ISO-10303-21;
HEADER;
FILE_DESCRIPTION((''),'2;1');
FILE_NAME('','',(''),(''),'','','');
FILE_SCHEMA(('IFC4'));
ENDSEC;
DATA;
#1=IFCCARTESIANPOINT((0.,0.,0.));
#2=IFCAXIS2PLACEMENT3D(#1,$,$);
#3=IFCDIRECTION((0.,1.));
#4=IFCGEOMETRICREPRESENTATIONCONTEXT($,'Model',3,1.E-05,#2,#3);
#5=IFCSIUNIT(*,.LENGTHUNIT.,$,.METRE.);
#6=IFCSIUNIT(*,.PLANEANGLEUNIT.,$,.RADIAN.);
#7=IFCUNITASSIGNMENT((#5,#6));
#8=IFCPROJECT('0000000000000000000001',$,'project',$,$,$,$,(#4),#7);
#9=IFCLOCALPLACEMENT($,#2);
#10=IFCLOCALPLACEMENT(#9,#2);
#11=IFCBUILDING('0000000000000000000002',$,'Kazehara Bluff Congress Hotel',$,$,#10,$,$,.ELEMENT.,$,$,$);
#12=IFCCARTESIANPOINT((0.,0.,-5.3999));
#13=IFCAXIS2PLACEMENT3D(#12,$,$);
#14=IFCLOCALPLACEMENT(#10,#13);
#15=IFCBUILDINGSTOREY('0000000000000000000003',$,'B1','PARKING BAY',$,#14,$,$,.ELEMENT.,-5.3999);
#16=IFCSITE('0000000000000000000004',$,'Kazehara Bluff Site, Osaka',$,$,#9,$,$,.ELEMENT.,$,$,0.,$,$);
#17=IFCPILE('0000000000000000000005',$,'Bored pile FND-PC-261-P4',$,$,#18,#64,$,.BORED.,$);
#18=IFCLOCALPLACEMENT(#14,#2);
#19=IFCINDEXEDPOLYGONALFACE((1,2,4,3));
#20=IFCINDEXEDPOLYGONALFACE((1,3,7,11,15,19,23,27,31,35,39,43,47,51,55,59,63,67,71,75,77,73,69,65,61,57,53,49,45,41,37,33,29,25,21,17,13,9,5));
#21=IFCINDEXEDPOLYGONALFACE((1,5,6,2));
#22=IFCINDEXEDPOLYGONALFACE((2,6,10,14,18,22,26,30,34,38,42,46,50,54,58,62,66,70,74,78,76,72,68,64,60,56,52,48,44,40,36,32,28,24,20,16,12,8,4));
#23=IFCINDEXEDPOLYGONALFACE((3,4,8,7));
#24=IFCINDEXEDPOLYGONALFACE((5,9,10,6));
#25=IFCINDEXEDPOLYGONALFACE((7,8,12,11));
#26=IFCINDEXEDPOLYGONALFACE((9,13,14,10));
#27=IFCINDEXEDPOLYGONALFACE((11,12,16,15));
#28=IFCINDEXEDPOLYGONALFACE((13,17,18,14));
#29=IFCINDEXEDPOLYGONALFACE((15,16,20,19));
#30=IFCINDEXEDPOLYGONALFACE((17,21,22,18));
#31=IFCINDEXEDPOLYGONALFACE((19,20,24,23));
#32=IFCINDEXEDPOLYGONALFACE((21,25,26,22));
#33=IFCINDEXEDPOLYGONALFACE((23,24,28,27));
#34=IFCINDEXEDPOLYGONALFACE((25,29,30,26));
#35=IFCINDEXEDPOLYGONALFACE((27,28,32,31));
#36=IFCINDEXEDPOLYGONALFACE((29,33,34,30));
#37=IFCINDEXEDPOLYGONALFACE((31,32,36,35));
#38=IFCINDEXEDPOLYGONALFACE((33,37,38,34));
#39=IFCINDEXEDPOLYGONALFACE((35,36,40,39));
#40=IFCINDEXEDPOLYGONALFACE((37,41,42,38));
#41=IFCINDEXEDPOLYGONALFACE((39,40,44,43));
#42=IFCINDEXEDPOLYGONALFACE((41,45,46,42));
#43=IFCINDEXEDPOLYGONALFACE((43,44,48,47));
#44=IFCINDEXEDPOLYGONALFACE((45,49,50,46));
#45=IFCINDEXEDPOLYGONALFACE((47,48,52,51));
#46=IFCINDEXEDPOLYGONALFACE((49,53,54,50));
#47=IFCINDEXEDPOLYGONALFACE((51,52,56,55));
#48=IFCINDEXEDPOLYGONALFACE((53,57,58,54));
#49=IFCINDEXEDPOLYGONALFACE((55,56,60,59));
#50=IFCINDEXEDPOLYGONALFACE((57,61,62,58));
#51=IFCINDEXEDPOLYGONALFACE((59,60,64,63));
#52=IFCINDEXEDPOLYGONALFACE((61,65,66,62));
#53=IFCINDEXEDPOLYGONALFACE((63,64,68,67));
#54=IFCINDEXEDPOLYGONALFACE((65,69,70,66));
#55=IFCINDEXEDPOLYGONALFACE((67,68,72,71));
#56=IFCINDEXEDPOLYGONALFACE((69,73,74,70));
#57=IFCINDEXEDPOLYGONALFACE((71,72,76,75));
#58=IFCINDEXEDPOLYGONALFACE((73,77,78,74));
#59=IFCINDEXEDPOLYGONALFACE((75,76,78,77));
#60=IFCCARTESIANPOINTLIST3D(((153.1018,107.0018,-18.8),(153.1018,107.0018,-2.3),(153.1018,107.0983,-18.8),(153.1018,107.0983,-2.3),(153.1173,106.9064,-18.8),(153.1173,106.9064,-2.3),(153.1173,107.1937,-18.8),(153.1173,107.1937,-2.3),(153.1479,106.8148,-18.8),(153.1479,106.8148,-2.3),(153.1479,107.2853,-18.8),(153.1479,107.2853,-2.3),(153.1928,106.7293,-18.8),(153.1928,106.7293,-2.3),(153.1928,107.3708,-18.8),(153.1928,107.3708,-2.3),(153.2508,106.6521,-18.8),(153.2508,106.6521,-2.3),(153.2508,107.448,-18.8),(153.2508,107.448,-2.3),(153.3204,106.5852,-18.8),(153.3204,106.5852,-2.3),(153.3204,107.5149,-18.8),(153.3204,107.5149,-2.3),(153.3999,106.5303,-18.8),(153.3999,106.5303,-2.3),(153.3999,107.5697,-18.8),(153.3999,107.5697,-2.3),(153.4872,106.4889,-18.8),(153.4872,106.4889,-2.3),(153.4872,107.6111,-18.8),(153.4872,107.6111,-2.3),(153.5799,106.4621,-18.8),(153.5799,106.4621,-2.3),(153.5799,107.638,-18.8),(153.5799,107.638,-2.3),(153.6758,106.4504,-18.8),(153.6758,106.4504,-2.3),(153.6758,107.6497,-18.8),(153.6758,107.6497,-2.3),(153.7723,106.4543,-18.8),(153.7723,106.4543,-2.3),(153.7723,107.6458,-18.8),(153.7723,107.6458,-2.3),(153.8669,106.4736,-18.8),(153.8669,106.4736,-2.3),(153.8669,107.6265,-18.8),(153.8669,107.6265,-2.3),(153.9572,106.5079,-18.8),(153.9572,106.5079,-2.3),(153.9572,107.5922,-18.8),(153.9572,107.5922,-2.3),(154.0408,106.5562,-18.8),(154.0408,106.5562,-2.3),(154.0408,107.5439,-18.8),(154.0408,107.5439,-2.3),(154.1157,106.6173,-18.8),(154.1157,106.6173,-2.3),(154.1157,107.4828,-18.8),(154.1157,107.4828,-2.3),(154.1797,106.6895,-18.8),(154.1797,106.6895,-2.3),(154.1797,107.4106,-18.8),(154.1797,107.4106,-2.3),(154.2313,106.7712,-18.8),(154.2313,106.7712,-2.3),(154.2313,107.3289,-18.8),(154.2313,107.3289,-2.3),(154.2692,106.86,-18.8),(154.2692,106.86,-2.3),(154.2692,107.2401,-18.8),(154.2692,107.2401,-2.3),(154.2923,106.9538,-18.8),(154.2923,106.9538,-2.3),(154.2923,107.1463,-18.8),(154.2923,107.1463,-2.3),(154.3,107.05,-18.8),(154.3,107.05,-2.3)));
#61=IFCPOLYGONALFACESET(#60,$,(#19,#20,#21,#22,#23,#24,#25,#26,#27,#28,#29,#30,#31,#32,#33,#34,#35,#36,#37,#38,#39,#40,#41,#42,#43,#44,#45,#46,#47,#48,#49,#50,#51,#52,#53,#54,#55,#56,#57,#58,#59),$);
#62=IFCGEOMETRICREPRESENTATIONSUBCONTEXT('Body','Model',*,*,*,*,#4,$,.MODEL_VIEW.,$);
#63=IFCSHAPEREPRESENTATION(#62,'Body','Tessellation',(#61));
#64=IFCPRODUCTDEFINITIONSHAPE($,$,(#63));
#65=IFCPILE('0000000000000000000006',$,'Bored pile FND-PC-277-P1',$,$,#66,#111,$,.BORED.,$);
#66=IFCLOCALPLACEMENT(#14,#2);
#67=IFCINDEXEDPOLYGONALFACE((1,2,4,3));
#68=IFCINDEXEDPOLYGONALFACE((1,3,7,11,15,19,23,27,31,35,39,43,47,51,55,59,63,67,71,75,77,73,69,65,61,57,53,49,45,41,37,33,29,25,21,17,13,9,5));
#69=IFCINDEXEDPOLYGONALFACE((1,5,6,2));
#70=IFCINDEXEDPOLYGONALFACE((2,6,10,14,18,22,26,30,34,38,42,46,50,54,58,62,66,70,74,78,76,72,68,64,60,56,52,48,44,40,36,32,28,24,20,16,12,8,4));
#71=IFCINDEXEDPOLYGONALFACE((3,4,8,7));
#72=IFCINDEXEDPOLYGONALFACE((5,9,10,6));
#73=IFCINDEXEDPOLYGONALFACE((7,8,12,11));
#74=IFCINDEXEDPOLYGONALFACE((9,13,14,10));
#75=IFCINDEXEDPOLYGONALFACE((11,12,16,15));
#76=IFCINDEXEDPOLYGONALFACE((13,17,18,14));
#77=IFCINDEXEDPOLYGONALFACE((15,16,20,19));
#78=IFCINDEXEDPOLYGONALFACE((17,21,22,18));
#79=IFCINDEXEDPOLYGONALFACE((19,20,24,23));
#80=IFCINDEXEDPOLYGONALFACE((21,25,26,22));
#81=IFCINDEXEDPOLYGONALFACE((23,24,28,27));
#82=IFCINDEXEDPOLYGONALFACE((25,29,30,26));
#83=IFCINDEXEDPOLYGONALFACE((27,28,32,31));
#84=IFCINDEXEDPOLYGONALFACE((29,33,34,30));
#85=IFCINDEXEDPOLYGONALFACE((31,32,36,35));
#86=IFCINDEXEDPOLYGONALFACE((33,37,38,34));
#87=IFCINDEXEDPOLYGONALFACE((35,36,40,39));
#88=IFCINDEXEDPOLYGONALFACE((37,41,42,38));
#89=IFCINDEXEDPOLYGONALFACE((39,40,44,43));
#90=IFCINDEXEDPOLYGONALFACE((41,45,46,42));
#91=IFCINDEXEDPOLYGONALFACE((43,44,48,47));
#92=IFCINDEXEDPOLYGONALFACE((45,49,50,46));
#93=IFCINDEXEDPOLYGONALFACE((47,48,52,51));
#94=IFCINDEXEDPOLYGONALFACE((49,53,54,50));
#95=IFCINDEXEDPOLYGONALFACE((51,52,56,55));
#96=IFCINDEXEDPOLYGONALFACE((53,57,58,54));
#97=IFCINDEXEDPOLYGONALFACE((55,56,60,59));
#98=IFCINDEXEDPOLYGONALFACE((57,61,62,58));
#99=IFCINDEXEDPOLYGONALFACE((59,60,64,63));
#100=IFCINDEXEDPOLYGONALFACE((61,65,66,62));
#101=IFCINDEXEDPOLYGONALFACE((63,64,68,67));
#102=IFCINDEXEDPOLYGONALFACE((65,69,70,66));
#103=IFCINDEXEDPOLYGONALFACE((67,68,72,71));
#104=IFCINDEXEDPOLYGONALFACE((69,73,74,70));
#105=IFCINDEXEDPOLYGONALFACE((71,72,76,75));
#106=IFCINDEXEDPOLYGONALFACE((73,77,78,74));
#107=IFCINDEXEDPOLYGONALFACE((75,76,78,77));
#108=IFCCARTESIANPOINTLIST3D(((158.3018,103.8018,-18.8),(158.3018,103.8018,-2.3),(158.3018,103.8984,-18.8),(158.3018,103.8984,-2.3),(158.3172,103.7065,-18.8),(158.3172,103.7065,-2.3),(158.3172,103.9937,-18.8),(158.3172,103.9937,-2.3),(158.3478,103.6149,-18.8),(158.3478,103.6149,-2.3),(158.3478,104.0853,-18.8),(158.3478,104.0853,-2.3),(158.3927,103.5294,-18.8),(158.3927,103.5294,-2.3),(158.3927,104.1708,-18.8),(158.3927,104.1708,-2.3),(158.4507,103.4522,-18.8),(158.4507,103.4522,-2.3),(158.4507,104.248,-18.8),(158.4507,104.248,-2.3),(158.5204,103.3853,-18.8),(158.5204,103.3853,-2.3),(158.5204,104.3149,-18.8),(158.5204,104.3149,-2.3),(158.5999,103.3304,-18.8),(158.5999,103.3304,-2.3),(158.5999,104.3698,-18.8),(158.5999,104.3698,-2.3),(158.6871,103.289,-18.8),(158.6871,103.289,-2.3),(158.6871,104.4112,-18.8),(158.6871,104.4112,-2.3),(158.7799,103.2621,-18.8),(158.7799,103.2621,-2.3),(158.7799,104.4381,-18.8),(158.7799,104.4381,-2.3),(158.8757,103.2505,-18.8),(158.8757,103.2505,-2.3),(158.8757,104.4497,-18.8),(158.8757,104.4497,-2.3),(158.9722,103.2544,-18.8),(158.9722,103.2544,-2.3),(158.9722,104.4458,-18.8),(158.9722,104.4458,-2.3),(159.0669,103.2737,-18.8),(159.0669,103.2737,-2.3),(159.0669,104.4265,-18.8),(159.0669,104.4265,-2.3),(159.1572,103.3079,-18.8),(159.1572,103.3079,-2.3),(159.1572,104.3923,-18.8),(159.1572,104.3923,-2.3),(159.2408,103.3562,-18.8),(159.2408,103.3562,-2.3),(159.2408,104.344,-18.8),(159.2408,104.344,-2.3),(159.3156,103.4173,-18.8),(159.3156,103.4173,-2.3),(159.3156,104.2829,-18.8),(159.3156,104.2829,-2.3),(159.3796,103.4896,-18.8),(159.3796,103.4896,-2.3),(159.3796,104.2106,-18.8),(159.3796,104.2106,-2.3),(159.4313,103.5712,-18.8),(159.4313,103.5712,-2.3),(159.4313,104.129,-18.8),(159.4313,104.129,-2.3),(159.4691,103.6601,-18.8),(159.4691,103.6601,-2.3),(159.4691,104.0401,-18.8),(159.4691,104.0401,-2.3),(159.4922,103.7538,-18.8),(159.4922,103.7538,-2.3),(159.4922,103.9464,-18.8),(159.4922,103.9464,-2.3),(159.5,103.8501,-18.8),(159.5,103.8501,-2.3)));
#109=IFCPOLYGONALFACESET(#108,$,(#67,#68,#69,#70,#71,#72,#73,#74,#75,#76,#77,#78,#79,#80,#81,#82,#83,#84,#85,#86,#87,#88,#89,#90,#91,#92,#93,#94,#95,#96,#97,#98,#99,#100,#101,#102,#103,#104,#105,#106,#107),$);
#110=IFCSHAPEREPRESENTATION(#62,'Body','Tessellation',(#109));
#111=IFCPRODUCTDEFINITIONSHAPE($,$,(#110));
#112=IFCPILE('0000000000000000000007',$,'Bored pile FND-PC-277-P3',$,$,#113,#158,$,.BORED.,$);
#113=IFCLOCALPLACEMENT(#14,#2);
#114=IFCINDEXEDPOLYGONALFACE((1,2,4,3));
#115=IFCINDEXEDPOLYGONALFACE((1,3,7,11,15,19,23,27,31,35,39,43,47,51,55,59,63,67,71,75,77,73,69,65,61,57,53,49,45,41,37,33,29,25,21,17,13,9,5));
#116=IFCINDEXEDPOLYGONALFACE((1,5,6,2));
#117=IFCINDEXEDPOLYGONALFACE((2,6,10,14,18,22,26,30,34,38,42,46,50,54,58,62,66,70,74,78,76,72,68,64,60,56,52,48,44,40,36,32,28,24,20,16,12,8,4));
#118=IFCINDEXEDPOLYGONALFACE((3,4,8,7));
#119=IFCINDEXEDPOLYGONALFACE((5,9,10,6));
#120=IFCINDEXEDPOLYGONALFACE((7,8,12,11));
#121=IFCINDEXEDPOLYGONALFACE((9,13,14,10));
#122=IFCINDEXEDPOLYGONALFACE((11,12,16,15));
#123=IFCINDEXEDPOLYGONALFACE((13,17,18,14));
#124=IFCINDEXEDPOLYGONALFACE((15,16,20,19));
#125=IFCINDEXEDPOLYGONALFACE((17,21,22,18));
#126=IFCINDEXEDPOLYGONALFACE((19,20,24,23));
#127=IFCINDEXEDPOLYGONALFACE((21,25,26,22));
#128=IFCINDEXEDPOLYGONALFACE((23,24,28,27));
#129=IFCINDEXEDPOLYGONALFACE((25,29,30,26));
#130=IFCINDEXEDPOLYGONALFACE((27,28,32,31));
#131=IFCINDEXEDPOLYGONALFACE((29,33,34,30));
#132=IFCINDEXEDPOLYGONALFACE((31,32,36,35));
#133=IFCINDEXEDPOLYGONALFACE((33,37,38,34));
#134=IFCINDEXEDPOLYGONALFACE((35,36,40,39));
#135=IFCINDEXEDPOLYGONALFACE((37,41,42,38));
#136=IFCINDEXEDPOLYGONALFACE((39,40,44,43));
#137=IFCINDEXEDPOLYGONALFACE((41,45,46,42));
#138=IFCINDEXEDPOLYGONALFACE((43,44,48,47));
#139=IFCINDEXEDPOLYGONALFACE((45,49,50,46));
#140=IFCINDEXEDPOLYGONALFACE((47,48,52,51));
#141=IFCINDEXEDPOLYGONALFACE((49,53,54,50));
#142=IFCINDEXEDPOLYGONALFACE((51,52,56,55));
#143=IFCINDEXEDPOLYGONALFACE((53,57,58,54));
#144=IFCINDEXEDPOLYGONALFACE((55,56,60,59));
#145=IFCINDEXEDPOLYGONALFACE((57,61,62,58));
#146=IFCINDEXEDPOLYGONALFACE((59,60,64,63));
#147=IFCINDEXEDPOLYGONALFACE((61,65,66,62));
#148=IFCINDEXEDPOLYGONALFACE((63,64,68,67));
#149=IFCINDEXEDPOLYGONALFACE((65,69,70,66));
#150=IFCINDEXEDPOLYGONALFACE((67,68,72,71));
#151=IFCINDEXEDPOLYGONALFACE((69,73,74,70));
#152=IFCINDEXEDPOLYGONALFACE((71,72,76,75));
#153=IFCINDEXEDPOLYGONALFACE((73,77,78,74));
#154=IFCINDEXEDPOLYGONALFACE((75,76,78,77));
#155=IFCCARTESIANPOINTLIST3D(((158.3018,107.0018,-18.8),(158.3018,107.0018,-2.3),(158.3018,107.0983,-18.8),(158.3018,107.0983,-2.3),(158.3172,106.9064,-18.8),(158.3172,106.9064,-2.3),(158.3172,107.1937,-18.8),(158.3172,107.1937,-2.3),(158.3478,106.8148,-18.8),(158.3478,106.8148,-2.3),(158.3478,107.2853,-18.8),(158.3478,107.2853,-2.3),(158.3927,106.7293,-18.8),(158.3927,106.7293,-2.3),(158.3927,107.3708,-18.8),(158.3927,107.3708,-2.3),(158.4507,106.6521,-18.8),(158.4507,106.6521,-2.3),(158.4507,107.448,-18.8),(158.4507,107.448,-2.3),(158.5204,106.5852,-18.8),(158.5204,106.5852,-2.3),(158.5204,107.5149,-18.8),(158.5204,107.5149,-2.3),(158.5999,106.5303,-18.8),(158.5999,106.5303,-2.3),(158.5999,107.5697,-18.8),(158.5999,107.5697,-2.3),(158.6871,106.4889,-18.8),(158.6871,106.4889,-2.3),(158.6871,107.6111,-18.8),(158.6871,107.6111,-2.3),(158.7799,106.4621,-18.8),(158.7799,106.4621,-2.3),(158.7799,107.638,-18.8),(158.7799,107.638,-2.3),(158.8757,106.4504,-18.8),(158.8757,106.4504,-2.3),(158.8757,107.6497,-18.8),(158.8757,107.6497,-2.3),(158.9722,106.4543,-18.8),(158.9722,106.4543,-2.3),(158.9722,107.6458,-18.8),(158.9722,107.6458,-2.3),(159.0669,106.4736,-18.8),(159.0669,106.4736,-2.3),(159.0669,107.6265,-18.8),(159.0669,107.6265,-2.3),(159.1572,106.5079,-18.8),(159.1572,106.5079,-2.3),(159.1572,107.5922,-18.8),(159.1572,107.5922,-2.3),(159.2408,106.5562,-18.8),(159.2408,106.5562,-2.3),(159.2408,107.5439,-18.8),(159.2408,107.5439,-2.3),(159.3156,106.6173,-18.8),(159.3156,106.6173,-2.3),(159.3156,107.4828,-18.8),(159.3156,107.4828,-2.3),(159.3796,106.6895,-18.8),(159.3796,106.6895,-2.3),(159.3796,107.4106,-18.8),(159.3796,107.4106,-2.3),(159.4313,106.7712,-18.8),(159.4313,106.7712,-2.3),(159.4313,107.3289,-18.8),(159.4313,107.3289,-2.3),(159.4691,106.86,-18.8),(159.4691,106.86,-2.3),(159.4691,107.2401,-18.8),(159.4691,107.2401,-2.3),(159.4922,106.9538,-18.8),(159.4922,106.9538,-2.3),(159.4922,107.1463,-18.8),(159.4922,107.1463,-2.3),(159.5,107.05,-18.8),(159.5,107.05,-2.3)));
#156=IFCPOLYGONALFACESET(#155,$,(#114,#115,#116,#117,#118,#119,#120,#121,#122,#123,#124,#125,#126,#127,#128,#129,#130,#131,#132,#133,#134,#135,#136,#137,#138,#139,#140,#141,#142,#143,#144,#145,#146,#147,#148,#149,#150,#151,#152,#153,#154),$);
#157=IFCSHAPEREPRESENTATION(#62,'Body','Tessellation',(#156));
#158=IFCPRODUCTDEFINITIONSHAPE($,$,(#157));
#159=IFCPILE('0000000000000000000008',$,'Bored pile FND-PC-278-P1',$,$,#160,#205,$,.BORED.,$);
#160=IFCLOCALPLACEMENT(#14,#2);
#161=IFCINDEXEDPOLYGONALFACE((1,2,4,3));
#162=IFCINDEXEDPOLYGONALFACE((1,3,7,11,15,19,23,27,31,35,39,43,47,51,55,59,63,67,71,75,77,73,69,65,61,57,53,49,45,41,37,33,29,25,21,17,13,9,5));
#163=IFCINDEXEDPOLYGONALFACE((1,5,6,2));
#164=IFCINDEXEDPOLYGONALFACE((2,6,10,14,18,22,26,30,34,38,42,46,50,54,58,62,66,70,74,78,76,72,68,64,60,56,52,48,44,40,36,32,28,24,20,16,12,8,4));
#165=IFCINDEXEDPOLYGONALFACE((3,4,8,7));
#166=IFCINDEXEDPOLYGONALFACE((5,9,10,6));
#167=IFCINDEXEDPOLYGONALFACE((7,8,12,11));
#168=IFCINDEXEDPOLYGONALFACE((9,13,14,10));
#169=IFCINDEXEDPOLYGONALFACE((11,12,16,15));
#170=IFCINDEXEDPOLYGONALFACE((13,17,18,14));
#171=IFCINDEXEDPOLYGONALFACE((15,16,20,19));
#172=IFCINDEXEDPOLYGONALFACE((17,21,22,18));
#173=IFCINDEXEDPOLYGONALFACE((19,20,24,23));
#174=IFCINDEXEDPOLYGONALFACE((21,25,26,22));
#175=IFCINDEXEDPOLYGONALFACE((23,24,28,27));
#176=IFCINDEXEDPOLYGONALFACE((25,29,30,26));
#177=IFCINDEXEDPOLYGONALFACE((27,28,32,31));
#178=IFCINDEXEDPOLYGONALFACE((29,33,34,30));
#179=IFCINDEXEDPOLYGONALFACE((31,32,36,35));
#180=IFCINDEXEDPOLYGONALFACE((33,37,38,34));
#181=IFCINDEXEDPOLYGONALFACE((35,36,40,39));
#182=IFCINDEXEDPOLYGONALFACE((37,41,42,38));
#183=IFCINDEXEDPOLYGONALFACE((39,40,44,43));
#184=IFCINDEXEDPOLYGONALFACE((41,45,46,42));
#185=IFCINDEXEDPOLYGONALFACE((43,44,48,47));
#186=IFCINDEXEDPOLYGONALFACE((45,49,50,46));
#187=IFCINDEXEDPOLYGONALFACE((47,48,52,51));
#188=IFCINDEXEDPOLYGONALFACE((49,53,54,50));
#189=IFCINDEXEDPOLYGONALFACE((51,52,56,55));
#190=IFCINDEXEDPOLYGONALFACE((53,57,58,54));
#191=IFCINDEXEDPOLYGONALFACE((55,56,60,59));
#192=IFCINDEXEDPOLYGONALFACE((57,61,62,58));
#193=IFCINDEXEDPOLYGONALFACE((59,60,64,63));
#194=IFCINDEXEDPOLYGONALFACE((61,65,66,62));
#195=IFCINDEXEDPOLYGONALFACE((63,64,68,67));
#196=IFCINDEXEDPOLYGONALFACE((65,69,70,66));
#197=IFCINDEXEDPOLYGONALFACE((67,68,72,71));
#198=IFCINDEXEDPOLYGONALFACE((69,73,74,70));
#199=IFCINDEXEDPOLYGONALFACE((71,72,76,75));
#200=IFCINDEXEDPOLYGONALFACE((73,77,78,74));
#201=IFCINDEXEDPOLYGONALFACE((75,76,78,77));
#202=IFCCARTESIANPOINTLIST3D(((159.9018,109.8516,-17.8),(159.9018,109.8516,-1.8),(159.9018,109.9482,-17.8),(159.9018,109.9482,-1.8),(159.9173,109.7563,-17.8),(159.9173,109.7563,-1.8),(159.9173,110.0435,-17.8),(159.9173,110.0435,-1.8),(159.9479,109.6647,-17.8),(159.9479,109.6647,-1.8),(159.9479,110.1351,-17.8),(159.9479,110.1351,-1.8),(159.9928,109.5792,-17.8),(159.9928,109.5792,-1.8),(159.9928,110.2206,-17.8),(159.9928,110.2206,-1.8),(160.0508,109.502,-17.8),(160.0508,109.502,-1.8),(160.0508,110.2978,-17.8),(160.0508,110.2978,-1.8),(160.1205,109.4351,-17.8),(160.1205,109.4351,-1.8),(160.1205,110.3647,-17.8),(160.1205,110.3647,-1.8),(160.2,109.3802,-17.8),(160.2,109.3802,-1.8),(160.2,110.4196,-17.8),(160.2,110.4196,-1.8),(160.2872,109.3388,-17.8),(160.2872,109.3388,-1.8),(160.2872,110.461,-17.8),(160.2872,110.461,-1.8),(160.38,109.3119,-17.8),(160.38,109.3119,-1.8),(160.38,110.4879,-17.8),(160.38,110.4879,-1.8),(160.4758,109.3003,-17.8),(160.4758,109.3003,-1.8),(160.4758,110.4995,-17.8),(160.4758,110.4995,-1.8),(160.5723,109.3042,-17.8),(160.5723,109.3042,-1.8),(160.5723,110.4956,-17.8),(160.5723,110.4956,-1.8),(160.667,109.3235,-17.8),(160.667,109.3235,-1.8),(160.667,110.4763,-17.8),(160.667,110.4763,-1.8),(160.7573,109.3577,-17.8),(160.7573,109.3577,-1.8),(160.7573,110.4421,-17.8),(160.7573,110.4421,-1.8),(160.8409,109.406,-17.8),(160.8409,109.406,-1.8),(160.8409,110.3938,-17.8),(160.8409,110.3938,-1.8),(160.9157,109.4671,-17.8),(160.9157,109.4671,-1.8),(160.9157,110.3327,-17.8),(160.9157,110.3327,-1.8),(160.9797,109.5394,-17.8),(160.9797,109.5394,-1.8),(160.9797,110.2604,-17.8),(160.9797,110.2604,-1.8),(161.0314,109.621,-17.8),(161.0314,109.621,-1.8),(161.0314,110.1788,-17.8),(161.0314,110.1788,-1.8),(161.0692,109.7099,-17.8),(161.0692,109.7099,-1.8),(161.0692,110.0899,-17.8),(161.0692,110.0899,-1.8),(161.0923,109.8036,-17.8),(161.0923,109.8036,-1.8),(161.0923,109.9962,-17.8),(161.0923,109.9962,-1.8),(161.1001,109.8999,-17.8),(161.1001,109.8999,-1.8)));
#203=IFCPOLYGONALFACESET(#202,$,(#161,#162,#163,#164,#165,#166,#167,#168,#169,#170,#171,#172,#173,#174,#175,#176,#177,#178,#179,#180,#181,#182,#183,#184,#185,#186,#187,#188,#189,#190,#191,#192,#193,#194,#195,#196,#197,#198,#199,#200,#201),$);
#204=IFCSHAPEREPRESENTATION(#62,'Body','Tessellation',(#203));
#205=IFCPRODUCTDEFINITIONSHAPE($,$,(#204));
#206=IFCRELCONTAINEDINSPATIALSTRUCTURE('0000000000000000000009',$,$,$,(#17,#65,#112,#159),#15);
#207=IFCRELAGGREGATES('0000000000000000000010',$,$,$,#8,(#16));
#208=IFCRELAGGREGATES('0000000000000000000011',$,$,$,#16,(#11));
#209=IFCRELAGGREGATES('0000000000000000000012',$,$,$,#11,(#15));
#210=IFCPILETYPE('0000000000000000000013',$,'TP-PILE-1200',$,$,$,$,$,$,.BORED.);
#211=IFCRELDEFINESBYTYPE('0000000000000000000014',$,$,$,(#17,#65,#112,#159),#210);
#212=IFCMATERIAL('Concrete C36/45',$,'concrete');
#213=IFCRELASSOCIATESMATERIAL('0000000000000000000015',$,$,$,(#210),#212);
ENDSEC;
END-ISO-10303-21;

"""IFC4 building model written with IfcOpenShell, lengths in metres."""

from ifc_helpers import new_model, si_unit, direction, frame, origin, origin_2d, place, context, subcontext, project, spatial, circle, extrude, material, material_profile, profile_set, type_object, element, save


model = new_model("IFC4")

# Units and contexts
model_context = context("Model", 3, precision=1e-05, world=origin(), true_north=direction((0.0, 1.0)))
body_context = subcontext(model_context, "Body", "Model", "MODEL_VIEW")
ifc_project = project(units=[si_unit("LENGTHUNIT", "METRE"), si_unit("PLANEANGLEUNIT", "RADIAN")], contexts=[model_context])

# Site, building, storey
site_placement = place(None, origin())
site = spatial("IfcSite", under=ifc_project, at=site_placement, Name="Kazehara Bluff Site, Osaka", CompositionType="ELEMENT", RefElevation=0.0)
building_placement = place(site_placement, origin())
building = spatial("IfcBuilding", under=site, at=building_placement, Name="Kazehara Bluff Congress Hotel", CompositionType="ELEMENT")
storey_placement = place(building_placement, frame((0.0, 0.0, -5.3999)))
storey = spatial("IfcBuildingStorey", under=building, at=storey_placement, Name="B1", Description="PARKING BAY", CompositionType="ELEMENT", Elevation=-5.3999)

# Piles
ifc_material_1 = material(Name="Concrete C36/45", Category="concrete")
ifc_material_profile_1 = material_profile(ifc_material_1, circle(Radius=0.6001, at=origin_2d()))
ifc_profile_set_1 = profile_set([ifc_material_profile_1], Name="Concrete C36/45")
pile_type = type_object("IfcPileType", Name="TP-PILE-1200", PredefinedType="BORED", material=ifc_profile_set_1)
for number, where, z_axis, x_axis, name in (
    (1, (153.7, 107.05, -2.3), (0.0, 0.0, -1.0), (1.0, 0.0, 0.0), "Bored pile FND-PC-261-P4"),
    (2, (158.8999, 103.8501, -2.3), (0.0, 0.0, -1.0), (1.0, 0.0, 0.0), "Bored pile FND-PC-277-P1"),
    (3, (158.8999, 107.05, -2.3), (0.0, 0.0, -1.0), (1.0, 0.0, 0.0), "Bored pile FND-PC-277-P3"),
):
    element("IfcPile", number, at=place(storey_placement, frame(where, z_axis=z_axis, x_axis=x_axis)), inside=storey, type_object=pile_type, Name=name, PredefinedType="BORED", context=body_context, shape_type="SweptSolid", body=[
        extrude(circle(Radius=0.6001, at=origin_2d()), origin(), (0.0, 0.0, 1.0), 16.5),
    ])
for number, where, z_axis, x_axis, name in (
    (4, (160.5, 109.8999, -1.8), (0.0, 0.0, -1.0), (1.0, 0.0, 0.0), "Bored pile FND-PC-278-P1"),
):
    element("IfcPile", number, at=place(storey_placement, frame(where, z_axis=z_axis, x_axis=x_axis)), inside=storey, type_object=pile_type, Name=name, PredefinedType="BORED", context=body_context, shape_type="SweptSolid", body=[
        extrude(circle(Radius=0.6001, at=origin_2d()), origin(), (0.0, 0.0, 1.0), 16.0),
    ])

save(model, "model.ifc")
